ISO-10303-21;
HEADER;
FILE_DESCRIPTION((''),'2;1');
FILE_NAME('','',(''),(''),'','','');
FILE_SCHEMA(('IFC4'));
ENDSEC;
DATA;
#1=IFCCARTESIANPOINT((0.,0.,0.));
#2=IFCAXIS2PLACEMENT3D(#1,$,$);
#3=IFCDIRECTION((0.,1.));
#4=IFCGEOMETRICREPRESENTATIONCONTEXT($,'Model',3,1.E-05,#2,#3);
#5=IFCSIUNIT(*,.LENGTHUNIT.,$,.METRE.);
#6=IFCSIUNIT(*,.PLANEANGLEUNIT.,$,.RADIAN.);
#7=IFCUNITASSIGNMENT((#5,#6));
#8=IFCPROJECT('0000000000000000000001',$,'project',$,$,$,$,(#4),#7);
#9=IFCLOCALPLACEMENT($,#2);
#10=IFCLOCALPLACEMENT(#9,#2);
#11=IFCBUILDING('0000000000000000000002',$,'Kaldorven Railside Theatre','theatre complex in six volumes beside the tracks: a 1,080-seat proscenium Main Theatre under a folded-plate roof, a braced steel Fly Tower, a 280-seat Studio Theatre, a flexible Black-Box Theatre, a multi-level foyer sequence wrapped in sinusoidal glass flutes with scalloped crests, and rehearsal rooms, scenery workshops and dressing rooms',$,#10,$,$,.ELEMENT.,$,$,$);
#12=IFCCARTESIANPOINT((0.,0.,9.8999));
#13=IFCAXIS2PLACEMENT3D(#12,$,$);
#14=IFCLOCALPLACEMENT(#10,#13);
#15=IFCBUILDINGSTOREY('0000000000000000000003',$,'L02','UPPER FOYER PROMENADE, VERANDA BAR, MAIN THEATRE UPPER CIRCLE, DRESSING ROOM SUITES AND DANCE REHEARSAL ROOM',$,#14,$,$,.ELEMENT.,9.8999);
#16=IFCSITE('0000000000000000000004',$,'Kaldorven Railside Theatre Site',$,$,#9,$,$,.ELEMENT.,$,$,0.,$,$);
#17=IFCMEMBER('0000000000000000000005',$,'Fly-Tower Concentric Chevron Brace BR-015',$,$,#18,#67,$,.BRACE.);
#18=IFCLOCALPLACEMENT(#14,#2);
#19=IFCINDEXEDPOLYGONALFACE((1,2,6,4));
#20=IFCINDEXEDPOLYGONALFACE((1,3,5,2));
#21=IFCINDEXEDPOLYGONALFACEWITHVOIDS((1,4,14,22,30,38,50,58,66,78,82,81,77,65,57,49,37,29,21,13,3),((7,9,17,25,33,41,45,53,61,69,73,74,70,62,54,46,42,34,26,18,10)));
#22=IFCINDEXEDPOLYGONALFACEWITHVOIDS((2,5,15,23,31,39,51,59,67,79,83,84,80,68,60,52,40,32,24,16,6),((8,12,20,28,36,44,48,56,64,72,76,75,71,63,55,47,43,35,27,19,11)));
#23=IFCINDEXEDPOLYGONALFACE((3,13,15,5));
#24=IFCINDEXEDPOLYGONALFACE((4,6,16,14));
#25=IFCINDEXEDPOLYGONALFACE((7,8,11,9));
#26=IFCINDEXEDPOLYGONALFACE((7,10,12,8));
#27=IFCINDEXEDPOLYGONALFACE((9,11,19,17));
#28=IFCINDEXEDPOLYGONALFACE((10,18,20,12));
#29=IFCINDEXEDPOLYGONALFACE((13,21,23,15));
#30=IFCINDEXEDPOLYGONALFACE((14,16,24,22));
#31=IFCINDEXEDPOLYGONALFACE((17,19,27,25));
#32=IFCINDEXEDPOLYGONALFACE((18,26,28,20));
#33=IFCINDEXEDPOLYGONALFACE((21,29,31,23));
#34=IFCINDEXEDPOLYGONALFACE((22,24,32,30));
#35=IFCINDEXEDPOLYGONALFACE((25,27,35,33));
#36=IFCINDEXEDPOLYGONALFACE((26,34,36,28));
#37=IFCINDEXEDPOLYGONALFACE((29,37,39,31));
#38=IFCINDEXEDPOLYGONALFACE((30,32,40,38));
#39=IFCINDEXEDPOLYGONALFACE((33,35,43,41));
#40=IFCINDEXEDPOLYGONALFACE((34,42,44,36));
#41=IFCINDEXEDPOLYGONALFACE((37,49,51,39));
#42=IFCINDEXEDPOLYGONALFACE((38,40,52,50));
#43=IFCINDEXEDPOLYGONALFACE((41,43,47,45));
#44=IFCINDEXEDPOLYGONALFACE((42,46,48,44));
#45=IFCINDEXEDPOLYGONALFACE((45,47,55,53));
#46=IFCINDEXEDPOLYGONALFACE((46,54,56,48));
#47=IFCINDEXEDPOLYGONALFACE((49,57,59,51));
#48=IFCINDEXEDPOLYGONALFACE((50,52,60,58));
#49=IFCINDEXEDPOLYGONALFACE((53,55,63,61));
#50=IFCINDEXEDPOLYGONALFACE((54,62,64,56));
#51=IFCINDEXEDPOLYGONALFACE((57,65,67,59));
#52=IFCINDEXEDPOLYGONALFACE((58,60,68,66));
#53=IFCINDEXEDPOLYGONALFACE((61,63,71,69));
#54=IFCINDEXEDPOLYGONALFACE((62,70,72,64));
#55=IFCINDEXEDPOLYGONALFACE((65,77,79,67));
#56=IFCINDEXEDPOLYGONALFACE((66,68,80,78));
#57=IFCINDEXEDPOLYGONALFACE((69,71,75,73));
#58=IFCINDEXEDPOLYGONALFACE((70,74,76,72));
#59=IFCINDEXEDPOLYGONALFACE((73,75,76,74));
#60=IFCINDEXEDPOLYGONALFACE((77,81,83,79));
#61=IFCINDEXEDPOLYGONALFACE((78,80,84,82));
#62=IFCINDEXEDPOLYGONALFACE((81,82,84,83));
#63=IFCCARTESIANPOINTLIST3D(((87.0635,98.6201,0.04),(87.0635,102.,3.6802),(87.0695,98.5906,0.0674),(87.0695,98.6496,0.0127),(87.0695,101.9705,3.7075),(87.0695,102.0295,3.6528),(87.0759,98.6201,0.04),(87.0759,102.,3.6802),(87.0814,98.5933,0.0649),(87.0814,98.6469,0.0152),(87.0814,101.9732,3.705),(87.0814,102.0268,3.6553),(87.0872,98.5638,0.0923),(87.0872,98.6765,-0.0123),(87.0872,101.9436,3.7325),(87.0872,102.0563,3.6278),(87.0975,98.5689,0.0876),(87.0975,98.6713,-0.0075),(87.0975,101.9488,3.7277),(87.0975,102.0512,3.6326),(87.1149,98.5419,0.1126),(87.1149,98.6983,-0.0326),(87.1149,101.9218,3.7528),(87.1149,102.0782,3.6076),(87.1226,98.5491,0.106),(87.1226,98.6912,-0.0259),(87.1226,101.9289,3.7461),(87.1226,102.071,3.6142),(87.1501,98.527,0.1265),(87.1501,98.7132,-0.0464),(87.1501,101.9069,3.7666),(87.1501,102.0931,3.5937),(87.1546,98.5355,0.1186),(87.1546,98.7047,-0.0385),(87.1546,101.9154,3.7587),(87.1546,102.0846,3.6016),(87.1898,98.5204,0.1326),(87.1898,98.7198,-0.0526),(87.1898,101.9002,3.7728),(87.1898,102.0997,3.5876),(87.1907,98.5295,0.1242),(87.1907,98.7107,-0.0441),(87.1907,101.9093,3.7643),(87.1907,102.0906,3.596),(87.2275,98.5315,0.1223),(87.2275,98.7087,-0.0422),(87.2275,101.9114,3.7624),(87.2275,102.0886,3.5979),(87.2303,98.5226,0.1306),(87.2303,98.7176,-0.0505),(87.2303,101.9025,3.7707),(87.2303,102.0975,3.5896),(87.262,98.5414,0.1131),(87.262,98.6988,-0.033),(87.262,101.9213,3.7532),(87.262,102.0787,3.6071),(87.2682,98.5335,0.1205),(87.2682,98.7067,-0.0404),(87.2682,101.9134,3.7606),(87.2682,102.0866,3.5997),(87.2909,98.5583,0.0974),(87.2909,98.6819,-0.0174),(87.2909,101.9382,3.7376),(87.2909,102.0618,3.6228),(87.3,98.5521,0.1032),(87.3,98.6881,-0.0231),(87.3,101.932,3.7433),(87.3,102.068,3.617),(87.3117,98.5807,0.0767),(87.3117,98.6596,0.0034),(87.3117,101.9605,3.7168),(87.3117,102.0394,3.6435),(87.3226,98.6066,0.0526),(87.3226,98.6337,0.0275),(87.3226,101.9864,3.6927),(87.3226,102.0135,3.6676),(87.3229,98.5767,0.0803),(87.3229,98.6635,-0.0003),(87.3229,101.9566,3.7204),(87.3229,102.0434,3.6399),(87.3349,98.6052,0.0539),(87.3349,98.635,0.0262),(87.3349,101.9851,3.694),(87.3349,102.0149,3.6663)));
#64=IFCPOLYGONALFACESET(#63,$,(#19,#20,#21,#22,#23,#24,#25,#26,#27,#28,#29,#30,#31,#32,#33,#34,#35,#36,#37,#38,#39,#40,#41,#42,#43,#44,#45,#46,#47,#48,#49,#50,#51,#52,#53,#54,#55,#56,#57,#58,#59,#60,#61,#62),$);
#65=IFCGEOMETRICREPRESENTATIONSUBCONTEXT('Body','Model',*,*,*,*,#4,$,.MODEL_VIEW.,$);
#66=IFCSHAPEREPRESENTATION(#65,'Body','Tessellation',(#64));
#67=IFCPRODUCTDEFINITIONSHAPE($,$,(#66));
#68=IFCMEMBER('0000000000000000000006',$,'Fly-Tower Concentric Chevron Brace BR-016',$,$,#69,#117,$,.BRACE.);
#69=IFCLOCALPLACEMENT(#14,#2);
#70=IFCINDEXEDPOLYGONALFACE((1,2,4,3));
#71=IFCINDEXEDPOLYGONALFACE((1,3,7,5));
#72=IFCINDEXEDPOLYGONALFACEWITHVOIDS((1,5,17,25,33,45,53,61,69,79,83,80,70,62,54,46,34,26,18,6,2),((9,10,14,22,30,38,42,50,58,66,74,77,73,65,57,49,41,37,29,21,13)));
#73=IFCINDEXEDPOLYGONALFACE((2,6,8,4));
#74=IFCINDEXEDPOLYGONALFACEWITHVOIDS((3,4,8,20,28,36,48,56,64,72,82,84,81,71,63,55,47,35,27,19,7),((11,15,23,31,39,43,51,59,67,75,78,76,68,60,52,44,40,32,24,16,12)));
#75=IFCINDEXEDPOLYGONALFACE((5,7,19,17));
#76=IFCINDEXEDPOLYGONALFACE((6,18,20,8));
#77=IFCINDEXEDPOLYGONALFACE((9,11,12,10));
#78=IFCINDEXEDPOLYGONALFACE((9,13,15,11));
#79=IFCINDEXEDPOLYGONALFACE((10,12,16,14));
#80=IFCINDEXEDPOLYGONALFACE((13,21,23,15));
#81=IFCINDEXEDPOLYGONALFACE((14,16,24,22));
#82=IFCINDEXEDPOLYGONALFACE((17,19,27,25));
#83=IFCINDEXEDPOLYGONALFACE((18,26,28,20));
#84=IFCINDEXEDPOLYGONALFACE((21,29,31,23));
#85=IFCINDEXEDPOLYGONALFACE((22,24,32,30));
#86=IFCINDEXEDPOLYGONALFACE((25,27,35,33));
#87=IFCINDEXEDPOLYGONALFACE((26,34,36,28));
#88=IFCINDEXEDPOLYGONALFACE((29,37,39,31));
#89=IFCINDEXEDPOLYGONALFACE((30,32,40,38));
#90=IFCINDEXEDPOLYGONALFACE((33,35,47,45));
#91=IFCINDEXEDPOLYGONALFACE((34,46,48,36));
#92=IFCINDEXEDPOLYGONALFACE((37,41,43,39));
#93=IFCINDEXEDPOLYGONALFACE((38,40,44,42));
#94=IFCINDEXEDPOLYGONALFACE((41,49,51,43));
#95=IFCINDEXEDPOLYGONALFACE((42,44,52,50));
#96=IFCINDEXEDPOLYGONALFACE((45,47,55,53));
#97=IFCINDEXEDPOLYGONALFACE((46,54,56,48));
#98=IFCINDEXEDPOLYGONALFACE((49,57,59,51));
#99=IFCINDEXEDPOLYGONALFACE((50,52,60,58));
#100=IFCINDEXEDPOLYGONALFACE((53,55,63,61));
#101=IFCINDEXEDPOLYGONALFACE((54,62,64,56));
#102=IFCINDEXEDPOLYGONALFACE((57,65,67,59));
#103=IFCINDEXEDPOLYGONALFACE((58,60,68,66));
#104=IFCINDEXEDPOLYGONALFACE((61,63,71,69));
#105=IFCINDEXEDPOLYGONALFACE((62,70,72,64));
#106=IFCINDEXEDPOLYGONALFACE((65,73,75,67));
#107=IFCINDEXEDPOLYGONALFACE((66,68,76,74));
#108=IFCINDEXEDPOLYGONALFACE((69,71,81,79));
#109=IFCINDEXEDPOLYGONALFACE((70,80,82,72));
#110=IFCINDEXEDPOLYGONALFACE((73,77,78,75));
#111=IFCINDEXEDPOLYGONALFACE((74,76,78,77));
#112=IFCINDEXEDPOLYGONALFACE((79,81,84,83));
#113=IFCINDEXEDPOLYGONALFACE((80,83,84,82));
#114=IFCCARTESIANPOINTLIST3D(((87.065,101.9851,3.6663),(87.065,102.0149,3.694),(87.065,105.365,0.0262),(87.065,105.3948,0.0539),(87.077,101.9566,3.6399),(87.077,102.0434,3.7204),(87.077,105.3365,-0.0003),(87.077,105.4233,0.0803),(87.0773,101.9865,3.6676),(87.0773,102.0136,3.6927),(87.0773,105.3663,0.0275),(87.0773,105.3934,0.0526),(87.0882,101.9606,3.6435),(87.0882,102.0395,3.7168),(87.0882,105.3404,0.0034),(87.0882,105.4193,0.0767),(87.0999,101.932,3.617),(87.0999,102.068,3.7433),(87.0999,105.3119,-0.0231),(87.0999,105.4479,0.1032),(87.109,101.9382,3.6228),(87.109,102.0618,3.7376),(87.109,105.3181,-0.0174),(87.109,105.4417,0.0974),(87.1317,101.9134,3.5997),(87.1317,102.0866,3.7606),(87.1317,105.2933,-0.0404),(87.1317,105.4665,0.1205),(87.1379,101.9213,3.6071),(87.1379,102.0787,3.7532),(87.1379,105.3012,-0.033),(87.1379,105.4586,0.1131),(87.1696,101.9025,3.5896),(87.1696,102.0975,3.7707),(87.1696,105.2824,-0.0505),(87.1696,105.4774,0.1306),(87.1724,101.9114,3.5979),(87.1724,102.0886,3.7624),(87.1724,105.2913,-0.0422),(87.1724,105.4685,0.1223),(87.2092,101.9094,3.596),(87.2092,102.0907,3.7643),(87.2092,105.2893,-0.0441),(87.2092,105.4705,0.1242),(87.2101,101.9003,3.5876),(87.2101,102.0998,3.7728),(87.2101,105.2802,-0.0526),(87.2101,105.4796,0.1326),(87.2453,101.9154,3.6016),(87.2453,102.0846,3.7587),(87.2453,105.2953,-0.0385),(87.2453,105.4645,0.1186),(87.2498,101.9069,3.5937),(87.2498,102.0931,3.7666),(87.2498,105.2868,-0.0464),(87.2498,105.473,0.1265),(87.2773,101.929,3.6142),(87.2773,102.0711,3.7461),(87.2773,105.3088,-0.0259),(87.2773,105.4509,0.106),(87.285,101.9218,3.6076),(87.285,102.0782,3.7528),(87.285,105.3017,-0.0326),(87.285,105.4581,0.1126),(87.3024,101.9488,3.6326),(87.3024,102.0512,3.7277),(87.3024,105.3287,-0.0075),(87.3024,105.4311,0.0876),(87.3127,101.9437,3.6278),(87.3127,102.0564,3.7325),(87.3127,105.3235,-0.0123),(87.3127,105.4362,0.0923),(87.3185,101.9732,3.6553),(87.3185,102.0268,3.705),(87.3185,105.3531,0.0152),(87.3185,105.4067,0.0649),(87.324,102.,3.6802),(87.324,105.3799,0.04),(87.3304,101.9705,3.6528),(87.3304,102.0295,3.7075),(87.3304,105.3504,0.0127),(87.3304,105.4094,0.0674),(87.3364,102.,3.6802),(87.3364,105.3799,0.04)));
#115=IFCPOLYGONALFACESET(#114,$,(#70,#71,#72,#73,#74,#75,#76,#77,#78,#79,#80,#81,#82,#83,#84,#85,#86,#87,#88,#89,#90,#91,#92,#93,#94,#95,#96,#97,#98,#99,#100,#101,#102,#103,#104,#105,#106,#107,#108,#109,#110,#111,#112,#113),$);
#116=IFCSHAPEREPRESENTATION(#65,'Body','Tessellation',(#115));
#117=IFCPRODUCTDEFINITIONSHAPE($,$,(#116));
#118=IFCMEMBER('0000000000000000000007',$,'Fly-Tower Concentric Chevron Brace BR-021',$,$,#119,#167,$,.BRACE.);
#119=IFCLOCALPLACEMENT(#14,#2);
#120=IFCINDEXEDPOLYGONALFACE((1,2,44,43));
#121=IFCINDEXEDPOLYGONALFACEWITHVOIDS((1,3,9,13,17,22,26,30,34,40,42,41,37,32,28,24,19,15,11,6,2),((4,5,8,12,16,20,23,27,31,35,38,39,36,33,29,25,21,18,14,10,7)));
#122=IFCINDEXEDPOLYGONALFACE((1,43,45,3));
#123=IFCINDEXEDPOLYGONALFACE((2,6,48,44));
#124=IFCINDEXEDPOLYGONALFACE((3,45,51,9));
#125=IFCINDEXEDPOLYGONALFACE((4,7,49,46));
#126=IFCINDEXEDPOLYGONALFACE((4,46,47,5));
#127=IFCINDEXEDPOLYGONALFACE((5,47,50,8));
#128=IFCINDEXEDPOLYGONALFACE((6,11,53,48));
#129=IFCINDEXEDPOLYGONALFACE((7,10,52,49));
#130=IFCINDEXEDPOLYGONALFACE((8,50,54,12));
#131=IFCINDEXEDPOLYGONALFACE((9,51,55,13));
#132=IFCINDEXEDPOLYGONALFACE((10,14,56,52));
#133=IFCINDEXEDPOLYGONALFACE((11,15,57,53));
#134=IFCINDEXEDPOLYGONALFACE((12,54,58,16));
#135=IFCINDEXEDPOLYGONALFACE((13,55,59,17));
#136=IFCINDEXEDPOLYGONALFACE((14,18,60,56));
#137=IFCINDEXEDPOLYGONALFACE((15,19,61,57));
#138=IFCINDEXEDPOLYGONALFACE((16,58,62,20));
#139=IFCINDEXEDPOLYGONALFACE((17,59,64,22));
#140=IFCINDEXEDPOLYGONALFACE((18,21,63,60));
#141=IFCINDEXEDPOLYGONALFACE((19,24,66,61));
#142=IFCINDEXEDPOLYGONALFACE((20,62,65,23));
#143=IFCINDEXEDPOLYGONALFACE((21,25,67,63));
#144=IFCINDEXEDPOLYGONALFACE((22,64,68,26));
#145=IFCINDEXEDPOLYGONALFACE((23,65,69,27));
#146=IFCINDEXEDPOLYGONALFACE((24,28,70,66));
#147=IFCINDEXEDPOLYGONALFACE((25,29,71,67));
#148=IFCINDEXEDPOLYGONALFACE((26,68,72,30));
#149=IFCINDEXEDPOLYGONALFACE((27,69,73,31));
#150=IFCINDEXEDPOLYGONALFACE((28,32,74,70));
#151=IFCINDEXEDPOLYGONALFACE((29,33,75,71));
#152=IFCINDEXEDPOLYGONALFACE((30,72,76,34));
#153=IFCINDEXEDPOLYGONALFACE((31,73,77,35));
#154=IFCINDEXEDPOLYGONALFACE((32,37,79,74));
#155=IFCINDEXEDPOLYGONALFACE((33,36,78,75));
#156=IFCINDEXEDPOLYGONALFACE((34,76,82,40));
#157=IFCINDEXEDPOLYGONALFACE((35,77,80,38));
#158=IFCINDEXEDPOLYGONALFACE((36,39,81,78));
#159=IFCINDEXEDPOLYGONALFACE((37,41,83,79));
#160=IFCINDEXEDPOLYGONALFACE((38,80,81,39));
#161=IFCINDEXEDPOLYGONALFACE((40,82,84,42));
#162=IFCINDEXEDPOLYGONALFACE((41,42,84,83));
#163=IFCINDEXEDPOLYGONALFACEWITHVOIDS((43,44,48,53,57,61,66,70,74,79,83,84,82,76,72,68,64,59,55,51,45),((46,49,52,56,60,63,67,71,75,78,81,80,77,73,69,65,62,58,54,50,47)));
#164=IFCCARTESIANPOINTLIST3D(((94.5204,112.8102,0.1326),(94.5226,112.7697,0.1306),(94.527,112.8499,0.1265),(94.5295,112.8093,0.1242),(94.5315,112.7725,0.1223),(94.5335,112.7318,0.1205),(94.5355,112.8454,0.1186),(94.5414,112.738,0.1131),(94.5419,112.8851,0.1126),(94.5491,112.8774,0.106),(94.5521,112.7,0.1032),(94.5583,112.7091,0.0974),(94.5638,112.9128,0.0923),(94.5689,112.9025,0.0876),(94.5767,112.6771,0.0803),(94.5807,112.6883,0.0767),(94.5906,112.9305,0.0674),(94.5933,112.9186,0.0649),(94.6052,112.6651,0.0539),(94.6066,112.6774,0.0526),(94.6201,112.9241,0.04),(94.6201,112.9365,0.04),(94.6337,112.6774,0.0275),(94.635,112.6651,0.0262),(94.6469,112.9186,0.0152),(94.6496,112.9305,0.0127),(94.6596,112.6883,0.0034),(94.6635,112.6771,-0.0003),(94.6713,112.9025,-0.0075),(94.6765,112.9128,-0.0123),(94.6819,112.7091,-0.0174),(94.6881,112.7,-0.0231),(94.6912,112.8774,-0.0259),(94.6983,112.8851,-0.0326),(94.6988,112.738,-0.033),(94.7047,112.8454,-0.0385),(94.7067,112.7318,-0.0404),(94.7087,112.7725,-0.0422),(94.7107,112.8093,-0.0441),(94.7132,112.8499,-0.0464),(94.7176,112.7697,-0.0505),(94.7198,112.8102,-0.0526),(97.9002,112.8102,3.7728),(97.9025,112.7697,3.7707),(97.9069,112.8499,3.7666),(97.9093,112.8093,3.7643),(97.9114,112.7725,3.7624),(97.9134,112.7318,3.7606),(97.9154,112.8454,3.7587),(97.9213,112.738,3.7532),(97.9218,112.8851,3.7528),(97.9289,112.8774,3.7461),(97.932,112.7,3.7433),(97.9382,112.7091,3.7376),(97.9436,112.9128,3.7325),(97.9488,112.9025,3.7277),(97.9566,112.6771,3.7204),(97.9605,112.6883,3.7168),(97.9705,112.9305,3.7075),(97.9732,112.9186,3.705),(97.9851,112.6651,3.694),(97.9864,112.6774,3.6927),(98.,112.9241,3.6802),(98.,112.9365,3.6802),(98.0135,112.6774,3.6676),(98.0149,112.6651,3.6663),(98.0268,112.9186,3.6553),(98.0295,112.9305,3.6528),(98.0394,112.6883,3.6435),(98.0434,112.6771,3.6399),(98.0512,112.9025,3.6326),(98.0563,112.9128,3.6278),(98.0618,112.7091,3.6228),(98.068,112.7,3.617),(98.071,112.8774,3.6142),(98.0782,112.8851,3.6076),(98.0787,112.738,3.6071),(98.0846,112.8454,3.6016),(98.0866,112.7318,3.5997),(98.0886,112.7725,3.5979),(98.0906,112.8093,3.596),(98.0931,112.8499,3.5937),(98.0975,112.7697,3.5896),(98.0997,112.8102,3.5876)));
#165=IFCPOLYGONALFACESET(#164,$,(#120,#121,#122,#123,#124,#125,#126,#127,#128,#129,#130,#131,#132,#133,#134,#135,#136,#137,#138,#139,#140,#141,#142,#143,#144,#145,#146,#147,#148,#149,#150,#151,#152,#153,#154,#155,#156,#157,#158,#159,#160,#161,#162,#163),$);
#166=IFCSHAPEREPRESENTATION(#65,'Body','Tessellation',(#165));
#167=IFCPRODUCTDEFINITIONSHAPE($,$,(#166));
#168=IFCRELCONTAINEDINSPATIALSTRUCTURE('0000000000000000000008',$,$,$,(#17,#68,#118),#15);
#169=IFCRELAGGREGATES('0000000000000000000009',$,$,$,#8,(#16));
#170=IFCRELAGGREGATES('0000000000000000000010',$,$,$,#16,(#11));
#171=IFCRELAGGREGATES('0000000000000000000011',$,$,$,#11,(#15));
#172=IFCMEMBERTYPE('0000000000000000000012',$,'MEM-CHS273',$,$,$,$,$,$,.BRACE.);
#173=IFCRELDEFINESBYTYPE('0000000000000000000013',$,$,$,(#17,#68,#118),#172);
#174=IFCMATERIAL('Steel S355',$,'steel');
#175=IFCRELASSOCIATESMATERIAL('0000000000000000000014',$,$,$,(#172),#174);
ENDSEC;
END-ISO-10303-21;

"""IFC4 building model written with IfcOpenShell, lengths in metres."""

from ifc_helpers import new_model, si_unit, direction, frame, origin, origin_2d, place, context, subcontext, project, spatial, hollow_circle, extrude, material, material_profile, profile_set, type_object, element, save


model = new_model("IFC4")

# Units and contexts
model_context = context("Model", 3, precision=1e-05, world=origin(), true_north=direction((0.0, 1.0)))
body_context = subcontext(model_context, "Body", "Model", "MODEL_VIEW")
ifc_project = project(units=[si_unit("LENGTHUNIT", "METRE"), si_unit("PLANEANGLEUNIT", "RADIAN")], contexts=[model_context])

# Site, building, storey
site_placement = place(None, origin())
site = spatial("IfcSite", under=ifc_project, at=site_placement, Name="Kaldorven Railside Theatre Site", CompositionType="ELEMENT", RefElevation=0.0)
building_placement = place(site_placement, origin())
building = spatial("IfcBuilding", under=site, at=building_placement, Name="Kaldorven Railside Theatre", Description="theatre complex in six volumes beside the tracks: a 1,080-seat proscenium Main Theatre under a folded-plate roof, a braced steel Fly Tower, a 280-seat Studio Theatre, a flexible Black-Box Theatre, a multi-level foyer sequence wrapped in sinusoidal glass flutes with scalloped crests, and rehearsal rooms, scenery workshops and dressing rooms", CompositionType="ELEMENT")
storey_placement = place(building_placement, frame((0.0, 0.0, 9.8999)))
storey = spatial("IfcBuildingStorey", under=building, at=storey_placement, Name="L02", Description="UPPER FOYER PROMENADE, VERANDA BAR, MAIN THEATRE UPPER CIRCLE, DRESSING ROOM SUITES AND DANCE REHEARSAL ROOM", CompositionType="ELEMENT", Elevation=9.8999)

# Shared definitions
ifc_material_1 = material(Name="Steel S355", Category="steel")

# Members
ifc_material_profile_1 = material_profile(ifc_material_1, hollow_circle(Radius=0.1365, WallThickness=0.0125, at=origin_2d()), Name="CHS 273x12.5")
ifc_profile_set_1 = profile_set([ifc_material_profile_1], Name="Steel S355")
member_type = type_object("IfcMemberType", Name="MEM-CHS273", PredefinedType="BRACE", material=ifc_profile_set_1)
for number, where, z_axis, x_axis, name in (
    (1, (87.2, 98.6201, 0.04), (0.0, 0.680425, 0.732818), (-1.0, 0.0, 0.0), "Fly-Tower Concentric Chevron Brace BR-015"),
    (2, (87.2, 105.3799, 0.04), (0.0, -0.680425, 0.732818), (1.0, 0.0, 0.0), "Fly-Tower Concentric Chevron Brace BR-016"),
    (3, (94.6201, 112.8, 0.04), (0.680425, 0.0, 0.732818), (0.0, 1.0, 0.0), "Fly-Tower Concentric Chevron Brace BR-021"),
):
    element("IfcMember", number, at=place(storey_placement, frame(where, z_axis=z_axis, x_axis=x_axis)), inside=storey, type_object=member_type, Name=name, PredefinedType="BRACE", context=body_context, shape_type="SweptSolid", body=[
        extrude(hollow_circle(Radius=0.1365, WallThickness=0.0125, at=origin_2d()), origin(), (0.0, 0.0, 1.0), 4.9673),
    ])

save(model, "model.ifc")
